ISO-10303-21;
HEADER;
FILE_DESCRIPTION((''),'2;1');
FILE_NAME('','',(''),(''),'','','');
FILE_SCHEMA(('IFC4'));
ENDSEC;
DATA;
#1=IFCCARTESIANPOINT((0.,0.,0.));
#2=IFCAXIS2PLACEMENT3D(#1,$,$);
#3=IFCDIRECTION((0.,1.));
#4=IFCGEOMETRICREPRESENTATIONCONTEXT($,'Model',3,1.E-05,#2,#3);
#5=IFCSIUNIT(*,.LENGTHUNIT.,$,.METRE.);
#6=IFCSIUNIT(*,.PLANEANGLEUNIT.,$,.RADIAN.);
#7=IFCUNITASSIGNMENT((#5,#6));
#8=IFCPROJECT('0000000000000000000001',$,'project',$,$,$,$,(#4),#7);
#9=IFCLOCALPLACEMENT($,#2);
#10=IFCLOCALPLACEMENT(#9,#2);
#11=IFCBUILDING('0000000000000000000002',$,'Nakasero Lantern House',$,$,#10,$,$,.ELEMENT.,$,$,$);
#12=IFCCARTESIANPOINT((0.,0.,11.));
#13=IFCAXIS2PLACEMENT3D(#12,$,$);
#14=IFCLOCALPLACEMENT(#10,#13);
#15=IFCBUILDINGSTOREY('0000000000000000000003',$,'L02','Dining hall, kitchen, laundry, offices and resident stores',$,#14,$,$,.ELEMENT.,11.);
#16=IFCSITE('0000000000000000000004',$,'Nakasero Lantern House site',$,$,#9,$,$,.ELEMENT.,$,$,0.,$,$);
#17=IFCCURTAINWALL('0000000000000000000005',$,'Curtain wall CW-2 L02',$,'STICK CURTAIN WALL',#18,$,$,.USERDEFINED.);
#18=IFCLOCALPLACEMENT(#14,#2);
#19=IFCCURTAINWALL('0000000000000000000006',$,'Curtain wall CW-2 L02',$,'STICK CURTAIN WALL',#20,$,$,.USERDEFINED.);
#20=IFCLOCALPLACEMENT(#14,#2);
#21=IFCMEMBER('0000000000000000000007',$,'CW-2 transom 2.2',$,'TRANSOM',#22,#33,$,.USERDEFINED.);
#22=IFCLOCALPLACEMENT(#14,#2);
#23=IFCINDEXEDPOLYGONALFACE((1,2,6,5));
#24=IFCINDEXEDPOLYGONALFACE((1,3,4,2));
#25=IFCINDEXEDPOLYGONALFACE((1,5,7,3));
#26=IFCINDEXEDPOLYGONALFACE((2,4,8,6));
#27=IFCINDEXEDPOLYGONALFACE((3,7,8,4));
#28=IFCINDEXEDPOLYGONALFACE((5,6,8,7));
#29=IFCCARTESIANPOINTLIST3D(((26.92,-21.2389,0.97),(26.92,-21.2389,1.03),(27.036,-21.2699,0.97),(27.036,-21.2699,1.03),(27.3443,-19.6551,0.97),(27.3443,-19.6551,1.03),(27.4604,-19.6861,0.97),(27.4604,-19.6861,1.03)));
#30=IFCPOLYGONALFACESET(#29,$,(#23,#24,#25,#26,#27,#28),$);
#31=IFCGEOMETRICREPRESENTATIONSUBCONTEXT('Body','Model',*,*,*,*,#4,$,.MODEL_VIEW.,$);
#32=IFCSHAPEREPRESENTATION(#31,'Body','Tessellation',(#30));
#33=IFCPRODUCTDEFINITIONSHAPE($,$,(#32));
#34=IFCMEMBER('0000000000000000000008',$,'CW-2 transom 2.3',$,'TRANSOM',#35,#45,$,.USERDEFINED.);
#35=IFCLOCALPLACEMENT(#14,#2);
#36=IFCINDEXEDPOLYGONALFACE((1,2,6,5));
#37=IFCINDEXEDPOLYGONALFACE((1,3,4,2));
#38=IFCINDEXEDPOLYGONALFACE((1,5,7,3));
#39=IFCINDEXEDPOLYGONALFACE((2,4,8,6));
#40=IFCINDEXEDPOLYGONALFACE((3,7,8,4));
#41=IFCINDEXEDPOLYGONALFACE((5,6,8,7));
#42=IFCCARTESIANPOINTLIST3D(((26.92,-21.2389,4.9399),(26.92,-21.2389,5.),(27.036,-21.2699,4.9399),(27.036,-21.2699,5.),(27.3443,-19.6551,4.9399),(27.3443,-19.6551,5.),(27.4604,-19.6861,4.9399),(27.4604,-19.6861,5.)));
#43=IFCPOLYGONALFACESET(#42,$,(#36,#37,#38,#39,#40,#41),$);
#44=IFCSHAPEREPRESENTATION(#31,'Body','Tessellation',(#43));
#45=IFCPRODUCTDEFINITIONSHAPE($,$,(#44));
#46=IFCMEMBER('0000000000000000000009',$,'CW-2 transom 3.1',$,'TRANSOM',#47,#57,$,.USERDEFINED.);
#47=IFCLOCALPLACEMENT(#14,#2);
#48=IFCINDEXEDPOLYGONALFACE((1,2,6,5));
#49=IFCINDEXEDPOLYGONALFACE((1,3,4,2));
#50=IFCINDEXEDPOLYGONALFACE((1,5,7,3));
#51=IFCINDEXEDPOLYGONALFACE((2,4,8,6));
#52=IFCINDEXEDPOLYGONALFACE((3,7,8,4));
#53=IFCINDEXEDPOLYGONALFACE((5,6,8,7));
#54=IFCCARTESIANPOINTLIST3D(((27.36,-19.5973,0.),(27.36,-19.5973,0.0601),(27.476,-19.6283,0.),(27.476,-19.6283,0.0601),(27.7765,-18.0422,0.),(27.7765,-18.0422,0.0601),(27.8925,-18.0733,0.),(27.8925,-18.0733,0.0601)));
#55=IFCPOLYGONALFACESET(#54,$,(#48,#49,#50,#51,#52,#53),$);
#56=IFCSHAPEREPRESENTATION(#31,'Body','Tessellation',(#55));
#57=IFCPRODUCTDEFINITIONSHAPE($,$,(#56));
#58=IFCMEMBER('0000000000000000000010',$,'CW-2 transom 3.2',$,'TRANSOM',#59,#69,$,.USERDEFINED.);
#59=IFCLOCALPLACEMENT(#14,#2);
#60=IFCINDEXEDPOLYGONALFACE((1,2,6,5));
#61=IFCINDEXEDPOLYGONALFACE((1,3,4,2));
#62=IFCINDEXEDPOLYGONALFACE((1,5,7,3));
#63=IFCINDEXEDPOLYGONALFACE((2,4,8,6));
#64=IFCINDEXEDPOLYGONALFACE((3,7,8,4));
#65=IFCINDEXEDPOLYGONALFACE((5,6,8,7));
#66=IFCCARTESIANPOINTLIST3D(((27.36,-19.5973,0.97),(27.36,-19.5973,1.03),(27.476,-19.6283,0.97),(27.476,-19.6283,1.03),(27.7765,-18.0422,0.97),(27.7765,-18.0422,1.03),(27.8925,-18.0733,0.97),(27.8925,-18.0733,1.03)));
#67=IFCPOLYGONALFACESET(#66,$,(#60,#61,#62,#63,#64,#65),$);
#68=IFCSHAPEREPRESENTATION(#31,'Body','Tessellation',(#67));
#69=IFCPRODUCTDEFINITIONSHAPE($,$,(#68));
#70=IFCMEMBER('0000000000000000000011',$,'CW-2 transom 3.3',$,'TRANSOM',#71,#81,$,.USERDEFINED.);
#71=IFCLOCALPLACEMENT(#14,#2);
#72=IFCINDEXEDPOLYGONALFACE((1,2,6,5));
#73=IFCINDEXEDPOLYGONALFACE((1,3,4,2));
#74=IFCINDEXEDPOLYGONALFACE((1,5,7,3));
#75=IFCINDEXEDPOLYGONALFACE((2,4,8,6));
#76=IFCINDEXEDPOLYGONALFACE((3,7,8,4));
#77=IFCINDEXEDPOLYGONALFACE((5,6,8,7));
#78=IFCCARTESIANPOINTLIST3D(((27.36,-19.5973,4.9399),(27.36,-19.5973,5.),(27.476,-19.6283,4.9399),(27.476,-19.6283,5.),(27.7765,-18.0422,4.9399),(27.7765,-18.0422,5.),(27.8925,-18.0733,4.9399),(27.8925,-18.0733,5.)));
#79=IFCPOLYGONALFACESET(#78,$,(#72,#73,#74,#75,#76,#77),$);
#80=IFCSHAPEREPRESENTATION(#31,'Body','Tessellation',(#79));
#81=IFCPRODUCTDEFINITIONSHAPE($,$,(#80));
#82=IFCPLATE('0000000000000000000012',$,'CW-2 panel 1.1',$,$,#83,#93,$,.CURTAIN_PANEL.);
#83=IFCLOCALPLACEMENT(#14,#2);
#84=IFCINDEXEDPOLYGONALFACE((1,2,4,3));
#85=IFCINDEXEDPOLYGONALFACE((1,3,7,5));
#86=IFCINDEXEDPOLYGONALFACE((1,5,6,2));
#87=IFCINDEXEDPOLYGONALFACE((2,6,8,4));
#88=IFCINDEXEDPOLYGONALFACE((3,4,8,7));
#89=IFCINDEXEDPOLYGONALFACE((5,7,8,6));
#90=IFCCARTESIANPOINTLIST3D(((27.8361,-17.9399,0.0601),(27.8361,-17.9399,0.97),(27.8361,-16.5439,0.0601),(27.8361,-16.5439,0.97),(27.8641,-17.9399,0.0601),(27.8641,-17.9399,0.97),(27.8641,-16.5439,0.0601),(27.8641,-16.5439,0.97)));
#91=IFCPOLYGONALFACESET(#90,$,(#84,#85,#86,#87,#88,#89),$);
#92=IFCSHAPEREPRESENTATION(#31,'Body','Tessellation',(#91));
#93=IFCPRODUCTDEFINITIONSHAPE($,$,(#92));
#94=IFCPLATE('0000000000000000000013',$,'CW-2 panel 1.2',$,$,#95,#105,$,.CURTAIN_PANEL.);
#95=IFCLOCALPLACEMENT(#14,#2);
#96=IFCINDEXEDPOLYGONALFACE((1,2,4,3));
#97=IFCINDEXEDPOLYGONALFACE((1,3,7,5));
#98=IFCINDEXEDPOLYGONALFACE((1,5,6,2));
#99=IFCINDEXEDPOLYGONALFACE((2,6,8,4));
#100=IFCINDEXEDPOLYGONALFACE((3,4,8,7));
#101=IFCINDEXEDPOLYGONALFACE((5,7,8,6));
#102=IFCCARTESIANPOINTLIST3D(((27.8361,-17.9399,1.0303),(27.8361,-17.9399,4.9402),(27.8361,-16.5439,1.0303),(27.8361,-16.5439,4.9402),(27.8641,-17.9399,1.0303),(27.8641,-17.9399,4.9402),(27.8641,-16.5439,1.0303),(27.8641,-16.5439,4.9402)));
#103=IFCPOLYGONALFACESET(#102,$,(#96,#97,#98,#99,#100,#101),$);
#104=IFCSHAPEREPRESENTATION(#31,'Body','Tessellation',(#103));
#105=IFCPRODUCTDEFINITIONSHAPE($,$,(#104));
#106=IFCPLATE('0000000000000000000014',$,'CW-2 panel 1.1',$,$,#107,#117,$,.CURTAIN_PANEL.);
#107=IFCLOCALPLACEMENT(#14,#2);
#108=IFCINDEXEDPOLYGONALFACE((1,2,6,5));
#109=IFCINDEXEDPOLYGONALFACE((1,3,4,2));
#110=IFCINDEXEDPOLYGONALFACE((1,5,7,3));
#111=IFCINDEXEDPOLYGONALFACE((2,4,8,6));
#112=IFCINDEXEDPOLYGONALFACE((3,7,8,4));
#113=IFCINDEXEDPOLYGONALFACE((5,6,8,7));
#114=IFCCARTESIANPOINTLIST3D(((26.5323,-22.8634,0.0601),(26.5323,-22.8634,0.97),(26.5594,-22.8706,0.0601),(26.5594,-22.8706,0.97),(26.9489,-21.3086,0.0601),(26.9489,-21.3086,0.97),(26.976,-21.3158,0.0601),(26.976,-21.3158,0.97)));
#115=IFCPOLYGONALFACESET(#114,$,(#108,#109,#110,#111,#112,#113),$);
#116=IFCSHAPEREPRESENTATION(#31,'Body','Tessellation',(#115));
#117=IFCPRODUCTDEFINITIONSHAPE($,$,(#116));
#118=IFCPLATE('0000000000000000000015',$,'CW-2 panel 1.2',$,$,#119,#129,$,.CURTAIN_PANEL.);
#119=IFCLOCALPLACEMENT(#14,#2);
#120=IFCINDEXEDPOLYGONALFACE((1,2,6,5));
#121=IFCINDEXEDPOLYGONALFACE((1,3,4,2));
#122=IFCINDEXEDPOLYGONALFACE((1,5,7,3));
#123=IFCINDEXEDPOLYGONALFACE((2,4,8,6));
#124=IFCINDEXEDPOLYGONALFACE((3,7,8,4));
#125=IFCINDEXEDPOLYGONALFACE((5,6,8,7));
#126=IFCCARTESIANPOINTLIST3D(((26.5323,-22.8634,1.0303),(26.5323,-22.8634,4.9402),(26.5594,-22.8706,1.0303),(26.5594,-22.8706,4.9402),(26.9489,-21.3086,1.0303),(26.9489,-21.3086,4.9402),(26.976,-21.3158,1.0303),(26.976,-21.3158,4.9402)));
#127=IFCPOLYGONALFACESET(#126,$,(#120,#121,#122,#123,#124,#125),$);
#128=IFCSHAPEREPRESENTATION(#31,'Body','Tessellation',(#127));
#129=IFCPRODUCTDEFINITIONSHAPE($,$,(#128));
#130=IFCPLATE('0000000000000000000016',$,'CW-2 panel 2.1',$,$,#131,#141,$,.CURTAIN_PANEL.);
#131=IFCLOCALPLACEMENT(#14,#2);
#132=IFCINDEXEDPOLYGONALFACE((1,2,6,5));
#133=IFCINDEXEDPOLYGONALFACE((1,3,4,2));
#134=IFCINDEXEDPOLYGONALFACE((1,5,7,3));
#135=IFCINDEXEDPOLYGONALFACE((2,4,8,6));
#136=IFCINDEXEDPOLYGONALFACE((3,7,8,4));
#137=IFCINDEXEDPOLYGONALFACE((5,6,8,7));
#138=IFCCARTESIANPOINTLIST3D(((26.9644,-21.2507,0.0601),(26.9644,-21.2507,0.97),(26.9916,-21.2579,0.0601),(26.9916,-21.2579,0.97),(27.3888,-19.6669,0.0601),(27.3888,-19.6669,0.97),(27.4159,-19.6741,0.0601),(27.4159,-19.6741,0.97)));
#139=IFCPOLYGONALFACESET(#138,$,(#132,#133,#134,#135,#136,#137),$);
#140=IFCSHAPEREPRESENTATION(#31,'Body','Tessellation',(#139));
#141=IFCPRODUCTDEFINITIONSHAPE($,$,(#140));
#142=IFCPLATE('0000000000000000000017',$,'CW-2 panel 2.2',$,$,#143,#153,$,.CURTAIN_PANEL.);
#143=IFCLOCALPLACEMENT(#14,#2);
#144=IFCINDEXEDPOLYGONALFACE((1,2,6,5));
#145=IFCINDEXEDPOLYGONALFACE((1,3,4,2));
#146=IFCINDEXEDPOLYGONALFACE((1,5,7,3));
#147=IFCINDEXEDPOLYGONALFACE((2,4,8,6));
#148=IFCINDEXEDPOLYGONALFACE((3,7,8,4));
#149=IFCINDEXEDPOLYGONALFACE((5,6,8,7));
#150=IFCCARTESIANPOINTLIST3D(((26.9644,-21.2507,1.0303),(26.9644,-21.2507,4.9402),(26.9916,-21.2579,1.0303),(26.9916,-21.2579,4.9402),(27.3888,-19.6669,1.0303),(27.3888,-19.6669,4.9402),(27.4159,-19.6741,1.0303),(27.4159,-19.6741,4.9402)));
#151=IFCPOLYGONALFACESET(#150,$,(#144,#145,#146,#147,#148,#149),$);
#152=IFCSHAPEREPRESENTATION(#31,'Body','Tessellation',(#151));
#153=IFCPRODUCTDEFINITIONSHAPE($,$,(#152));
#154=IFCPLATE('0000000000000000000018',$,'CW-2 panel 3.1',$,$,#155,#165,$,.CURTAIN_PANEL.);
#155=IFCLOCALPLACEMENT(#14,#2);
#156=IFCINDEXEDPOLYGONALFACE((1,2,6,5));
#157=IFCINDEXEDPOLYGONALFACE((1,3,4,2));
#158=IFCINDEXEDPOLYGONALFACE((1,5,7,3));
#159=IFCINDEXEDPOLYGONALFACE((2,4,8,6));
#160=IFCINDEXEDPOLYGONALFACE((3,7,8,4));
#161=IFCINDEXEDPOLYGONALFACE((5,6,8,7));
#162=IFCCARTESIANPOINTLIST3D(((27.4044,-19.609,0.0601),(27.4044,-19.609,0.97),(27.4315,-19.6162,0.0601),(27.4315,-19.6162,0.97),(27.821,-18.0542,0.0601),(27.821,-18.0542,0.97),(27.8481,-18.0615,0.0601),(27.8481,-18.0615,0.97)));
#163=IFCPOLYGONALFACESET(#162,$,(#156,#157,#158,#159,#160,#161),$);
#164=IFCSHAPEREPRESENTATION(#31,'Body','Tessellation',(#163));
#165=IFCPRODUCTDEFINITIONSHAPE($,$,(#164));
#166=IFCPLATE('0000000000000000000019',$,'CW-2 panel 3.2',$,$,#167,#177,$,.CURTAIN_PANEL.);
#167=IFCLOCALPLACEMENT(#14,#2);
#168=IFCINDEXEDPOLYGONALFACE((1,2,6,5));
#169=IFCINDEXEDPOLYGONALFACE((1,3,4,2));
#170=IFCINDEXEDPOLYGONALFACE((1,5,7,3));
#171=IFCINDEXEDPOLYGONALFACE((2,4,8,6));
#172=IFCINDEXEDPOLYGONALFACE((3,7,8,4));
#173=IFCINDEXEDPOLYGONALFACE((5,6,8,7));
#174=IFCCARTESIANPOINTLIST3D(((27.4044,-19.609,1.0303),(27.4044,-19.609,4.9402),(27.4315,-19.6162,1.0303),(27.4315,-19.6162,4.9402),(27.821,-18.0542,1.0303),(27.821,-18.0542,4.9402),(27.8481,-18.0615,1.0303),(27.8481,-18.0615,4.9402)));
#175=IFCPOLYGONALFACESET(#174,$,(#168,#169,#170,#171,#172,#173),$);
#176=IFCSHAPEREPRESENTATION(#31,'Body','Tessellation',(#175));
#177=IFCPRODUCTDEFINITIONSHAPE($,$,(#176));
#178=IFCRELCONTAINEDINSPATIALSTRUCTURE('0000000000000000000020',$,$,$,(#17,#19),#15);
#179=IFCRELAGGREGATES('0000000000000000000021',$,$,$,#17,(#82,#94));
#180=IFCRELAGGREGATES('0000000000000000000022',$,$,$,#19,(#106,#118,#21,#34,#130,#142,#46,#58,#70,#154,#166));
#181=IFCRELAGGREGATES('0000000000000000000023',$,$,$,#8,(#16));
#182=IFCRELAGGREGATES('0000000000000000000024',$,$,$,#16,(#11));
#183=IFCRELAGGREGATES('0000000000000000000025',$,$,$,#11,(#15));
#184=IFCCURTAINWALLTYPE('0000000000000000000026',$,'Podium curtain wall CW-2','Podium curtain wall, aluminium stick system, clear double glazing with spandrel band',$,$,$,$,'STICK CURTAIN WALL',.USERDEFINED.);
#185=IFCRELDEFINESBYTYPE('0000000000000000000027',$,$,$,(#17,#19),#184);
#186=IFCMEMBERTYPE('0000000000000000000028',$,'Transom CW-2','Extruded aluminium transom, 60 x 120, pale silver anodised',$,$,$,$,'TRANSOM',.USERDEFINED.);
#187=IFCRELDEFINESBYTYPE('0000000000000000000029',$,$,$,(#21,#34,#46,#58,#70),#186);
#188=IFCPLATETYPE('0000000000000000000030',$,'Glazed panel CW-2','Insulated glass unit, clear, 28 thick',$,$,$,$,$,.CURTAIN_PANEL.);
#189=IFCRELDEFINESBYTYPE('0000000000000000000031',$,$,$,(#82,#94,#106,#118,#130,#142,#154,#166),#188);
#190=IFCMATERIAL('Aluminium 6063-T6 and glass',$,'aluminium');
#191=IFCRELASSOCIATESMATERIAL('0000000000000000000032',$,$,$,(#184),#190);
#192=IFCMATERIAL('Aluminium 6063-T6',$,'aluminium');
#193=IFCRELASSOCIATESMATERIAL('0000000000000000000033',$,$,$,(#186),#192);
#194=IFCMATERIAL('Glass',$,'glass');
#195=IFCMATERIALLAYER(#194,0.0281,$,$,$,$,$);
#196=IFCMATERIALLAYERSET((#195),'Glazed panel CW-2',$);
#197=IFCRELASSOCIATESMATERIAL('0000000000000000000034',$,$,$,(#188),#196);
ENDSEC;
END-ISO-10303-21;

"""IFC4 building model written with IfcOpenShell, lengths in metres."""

from ifc_helpers import new_model, si_unit, direction, frame, origin, origin_2d, place, context, subcontext, project, spatial, rectangle, extrude, material, layer, layer_set, material_profile, profile_set, type_object, element, aggregate, save


model = new_model("IFC4")

# Units and contexts
model_context = context("Model", 3, precision=1e-05, world=origin(), true_north=direction((0.0, 1.0)))
body_context = subcontext(model_context, "Body", "Model", "MODEL_VIEW")
ifc_project = project(units=[si_unit("LENGTHUNIT", "METRE"), si_unit("PLANEANGLEUNIT", "RADIAN")], contexts=[model_context])

# Site, building, storey
site_placement = place(None, origin())
site = spatial("IfcSite", under=ifc_project, at=site_placement, Name="Nakasero Lantern House site", CompositionType="ELEMENT", RefElevation=0.0)
building_placement = place(site_placement, origin())
building = spatial("IfcBuilding", under=site, at=building_placement, Name="Nakasero Lantern House", CompositionType="ELEMENT")
storey_placement = place(building_placement, frame((0.0, 0.0, 11.0)))
storey = spatial("IfcBuildingStorey", under=building, at=storey_placement, Name="L02", Description="Dining hall, kitchen, laundry, offices and resident stores", CompositionType="ELEMENT", Elevation=11.0)

# Curtain walls
ifc_material_1 = material(Name="Aluminium 6063-T6 and glass", Category="aluminium")
curtain_wall_type = type_object("IfcCurtainWallType", Name="Podium curtain wall CW-2", Description="Podium curtain wall, aluminium stick system, clear double glazing with spandrel band", ElementType="STICK CURTAIN WALL", PredefinedType="USERDEFINED", material=ifc_material_1)
curtain_wall_1_placement = place(storey_placement, origin())
curtain_wall_1 = element("IfcCurtainWall", 1, at=curtain_wall_1_placement, inside=storey, type_object=curtain_wall_type, Name="Curtain wall CW-2 L02", ObjectType="STICK CURTAIN WALL", PredefinedType="USERDEFINED")
curtain_wall_2_placement = place(storey_placement, origin())
curtain_wall_2 = element("IfcCurtainWall", 2, at=curtain_wall_2_placement, inside=storey, type_object=curtain_wall_type, Name="Curtain wall CW-2 L02", ObjectType="STICK CURTAIN WALL", PredefinedType="USERDEFINED")

# Members
ifc_material_2 = material(Name="Aluminium 6063-T6", Category="aluminium")
ifc_material_profile_1 = material_profile(ifc_material_2, rectangle(XDim=0.0601, YDim=0.1201, at=origin_2d()), Name="CW-2 transom 60x120")
ifc_profile_set_1 = profile_set([ifc_material_profile_1], Name="Aluminium 6063-T6")
member_type_1 = type_object("IfcMemberType", Name="Transom CW-2", Description="Extruded aluminium transom, 60 x 120, pale silver anodised", ElementType="TRANSOM", PredefinedType="USERDEFINED", material=ifc_profile_set_1)
member_1_placement = place(storey_placement, frame((26.978, -21.2544, 1.0), z_axis=(0.258793, 0.965933, 0.0), x_axis=(0.0, 0.0, 1.0)))
member_1 = element("IfcMember", 3, at=member_1_placement, type_object=member_type_1, Name="CW-2 transom 2.2", ObjectType="TRANSOM", PredefinedType="USERDEFINED", context=body_context, shape_type="SweptSolid", body=[
    extrude(rectangle(XDim=0.0601, YDim=0.1201, at=origin_2d()), origin(), (0.0, 0.0, 1.0), 1.6396),
])
member_2_placement = place(storey_placement, frame((26.978, -21.2544, 4.97), z_axis=(0.258793, 0.965933, 0.0), x_axis=(0.0, 0.0, 1.0)))
member_2 = element("IfcMember", 4, at=member_2_placement, type_object=member_type_1, Name="CW-2 transom 2.3", ObjectType="TRANSOM", PredefinedType="USERDEFINED", context=body_context, shape_type="SweptSolid", body=[
    extrude(rectangle(XDim=0.0601, YDim=0.1201, at=origin_2d()), origin(), (0.0, 0.0, 1.0), 1.6396),
])
member_3_placement = place(storey_placement, frame((27.418, -19.6128, 0.03), z_axis=(0.258739, 0.965947, 0.0), x_axis=(0.0, 0.0, 1.0)))
member_3 = element("IfcMember", 5, at=member_3_placement, type_object=member_type_1, Name="CW-2 transom 3.1", ObjectType="TRANSOM", PredefinedType="USERDEFINED", context=body_context, shape_type="SweptSolid", body=[
    extrude(rectangle(XDim=0.0601, YDim=0.1201, at=origin_2d()), origin(), (0.0, 0.0, 1.0), 1.6099),
])
member_4_placement = place(storey_placement, frame((27.418, -19.6128, 1.0), z_axis=(0.258739, 0.965947, 0.0), x_axis=(0.0, 0.0, 1.0)))
member_4 = element("IfcMember", 6, at=member_4_placement, type_object=member_type_1, Name="CW-2 transom 3.2", ObjectType="TRANSOM", PredefinedType="USERDEFINED", context=body_context, shape_type="SweptSolid", body=[
    extrude(rectangle(XDim=0.0601, YDim=0.1201, at=origin_2d()), origin(), (0.0, 0.0, 1.0), 1.6099),
])
member_5_placement = place(storey_placement, frame((27.418, -19.6128, 4.97), z_axis=(0.258739, 0.965947, 0.0), x_axis=(0.0, 0.0, 1.0)))
member_5 = element("IfcMember", 7, at=member_5_placement, type_object=member_type_1, Name="CW-2 transom 3.3", ObjectType="TRANSOM", PredefinedType="USERDEFINED", context=body_context, shape_type="SweptSolid", body=[
    extrude(rectangle(XDim=0.0601, YDim=0.1201, at=origin_2d()), origin(), (0.0, 0.0, 1.0), 1.6099),
])

# Plates
ifc_material_3 = material(Name="Glass", Category="glass")
ifc_layer = layer(ifc_material_3, 0.0281)
ifc_layer_set = layer_set([ifc_layer], Name="Glazed panel CW-2")
plate_type = type_object("IfcPlateType", Name="Glazed panel CW-2", Description="Insulated glass unit, clear, 28 thick", PredefinedType="CURTAIN_PANEL", material=ifc_layer_set)
plate_1_placement = place(storey_placement, frame((27.8501, -17.2419, 0.0601), z_axis=(0.0, 0.0, 1.0), x_axis=(0.0, 1.0, 0.0)))
plate_1 = element("IfcPlate", 8, at=plate_1_placement, type_object=plate_type, Name="CW-2 panel 1.1", PredefinedType="CURTAIN_PANEL", context=body_context, shape_type="SweptSolid", body=[
    extrude(rectangle(XDim=1.396, YDim=0.0281, at=origin_2d()), origin(), (0.0, 0.0, 1.0), 0.9099),
])
plate_2_placement = place(storey_placement, frame((27.8501, -17.2419, 1.0303), z_axis=(0.0, 0.0, 1.0), x_axis=(0.0, 1.0, 0.0)))
plate_2 = element("IfcPlate", 9, at=plate_2_placement, type_object=plate_type, Name="CW-2 panel 1.2", PredefinedType="CURTAIN_PANEL", context=body_context, shape_type="SweptSolid", body=[
    extrude(rectangle(XDim=1.396, YDim=0.0281, at=origin_2d()), origin(), (0.0, 0.0, 1.0), 3.9099),
])
aggregate(curtain_wall_1, [plate_1, plate_2])
plate_3_placement = place(storey_placement, frame((26.7542, -22.0896, 0.0601), z_axis=(0.0, 0.0, 1.0), x_axis=(0.258819, 0.965926, 0.0)))
plate_3 = element("IfcPlate", 10, at=plate_3_placement, type_object=plate_type, Name="CW-2 panel 1.1", PredefinedType="CURTAIN_PANEL", context=body_context, shape_type="SweptSolid", body=[
    extrude(rectangle(XDim=1.6096, YDim=0.0281, at=origin_2d()), origin(), (0.0, 0.0, 1.0), 0.9099),
])
plate_4_placement = place(storey_placement, frame((26.7542, -22.0896, 1.0303), z_axis=(0.0, 0.0, 1.0), x_axis=(0.258819, 0.965926, 0.0)))
plate_4 = element("IfcPlate", 11, at=plate_4_placement, type_object=plate_type, Name="CW-2 panel 1.2", PredefinedType="CURTAIN_PANEL", context=body_context, shape_type="SweptSolid", body=[
    extrude(rectangle(XDim=1.6096, YDim=0.0281, at=origin_2d()), origin(), (0.0, 0.0, 1.0), 3.9099),
])
plate_5_placement = place(storey_placement, frame((27.1902, -20.4624, 0.0601), z_axis=(0.0, 0.0, 1.0), x_axis=(0.258819, 0.965926, 0.0)))
plate_5 = element("IfcPlate", 12, at=plate_5_placement, type_object=plate_type, Name="CW-2 panel 2.1", PredefinedType="CURTAIN_PANEL", context=body_context, shape_type="SweptSolid", body=[
    extrude(rectangle(XDim=1.6396, YDim=0.0281, at=origin_2d()), origin(), (0.0, 0.0, 1.0), 0.9099),
])
plate_6_placement = place(storey_placement, frame((27.1902, -20.4624, 1.0303), z_axis=(0.0, 0.0, 1.0), x_axis=(0.258819, 0.965926, 0.0)))
plate_6 = element("IfcPlate", 13, at=plate_6_placement, type_object=plate_type, Name="CW-2 panel 2.2", PredefinedType="CURTAIN_PANEL", context=body_context, shape_type="SweptSolid", body=[
    extrude(rectangle(XDim=1.6396, YDim=0.0281, at=origin_2d()), origin(), (0.0, 0.0, 1.0), 3.9099),
])
plate_7_placement = place(storey_placement, frame((27.6262, -18.8352, 0.0601), z_axis=(0.0, 0.0, 1.0), x_axis=(0.258819, 0.965926, 0.0)))
plate_7 = element("IfcPlate", 14, at=plate_7_placement, type_object=plate_type, Name="CW-2 panel 3.1", PredefinedType="CURTAIN_PANEL", context=body_context, shape_type="SweptSolid", body=[
    extrude(rectangle(XDim=1.6096, YDim=0.0281, at=origin_2d()), origin(), (0.0, 0.0, 1.0), 0.9099),
])
plate_8_placement = place(storey_placement, frame((27.6262, -18.8352, 1.0303), z_axis=(0.0, 0.0, 1.0), x_axis=(0.258819, 0.965926, 0.0)))
plate_8 = element("IfcPlate", 15, at=plate_8_placement, type_object=plate_type, Name="CW-2 panel 3.2", PredefinedType="CURTAIN_PANEL", context=body_context, shape_type="SweptSolid", body=[
    extrude(rectangle(XDim=1.6096, YDim=0.0281, at=origin_2d()), origin(), (0.0, 0.0, 1.0), 3.9099),
])
aggregate(curtain_wall_2, [plate_3, plate_4, member_1, member_2, plate_5, plate_6, member_3, member_4, member_5, plate_7, plate_8])

save(model, "model.ifc")
